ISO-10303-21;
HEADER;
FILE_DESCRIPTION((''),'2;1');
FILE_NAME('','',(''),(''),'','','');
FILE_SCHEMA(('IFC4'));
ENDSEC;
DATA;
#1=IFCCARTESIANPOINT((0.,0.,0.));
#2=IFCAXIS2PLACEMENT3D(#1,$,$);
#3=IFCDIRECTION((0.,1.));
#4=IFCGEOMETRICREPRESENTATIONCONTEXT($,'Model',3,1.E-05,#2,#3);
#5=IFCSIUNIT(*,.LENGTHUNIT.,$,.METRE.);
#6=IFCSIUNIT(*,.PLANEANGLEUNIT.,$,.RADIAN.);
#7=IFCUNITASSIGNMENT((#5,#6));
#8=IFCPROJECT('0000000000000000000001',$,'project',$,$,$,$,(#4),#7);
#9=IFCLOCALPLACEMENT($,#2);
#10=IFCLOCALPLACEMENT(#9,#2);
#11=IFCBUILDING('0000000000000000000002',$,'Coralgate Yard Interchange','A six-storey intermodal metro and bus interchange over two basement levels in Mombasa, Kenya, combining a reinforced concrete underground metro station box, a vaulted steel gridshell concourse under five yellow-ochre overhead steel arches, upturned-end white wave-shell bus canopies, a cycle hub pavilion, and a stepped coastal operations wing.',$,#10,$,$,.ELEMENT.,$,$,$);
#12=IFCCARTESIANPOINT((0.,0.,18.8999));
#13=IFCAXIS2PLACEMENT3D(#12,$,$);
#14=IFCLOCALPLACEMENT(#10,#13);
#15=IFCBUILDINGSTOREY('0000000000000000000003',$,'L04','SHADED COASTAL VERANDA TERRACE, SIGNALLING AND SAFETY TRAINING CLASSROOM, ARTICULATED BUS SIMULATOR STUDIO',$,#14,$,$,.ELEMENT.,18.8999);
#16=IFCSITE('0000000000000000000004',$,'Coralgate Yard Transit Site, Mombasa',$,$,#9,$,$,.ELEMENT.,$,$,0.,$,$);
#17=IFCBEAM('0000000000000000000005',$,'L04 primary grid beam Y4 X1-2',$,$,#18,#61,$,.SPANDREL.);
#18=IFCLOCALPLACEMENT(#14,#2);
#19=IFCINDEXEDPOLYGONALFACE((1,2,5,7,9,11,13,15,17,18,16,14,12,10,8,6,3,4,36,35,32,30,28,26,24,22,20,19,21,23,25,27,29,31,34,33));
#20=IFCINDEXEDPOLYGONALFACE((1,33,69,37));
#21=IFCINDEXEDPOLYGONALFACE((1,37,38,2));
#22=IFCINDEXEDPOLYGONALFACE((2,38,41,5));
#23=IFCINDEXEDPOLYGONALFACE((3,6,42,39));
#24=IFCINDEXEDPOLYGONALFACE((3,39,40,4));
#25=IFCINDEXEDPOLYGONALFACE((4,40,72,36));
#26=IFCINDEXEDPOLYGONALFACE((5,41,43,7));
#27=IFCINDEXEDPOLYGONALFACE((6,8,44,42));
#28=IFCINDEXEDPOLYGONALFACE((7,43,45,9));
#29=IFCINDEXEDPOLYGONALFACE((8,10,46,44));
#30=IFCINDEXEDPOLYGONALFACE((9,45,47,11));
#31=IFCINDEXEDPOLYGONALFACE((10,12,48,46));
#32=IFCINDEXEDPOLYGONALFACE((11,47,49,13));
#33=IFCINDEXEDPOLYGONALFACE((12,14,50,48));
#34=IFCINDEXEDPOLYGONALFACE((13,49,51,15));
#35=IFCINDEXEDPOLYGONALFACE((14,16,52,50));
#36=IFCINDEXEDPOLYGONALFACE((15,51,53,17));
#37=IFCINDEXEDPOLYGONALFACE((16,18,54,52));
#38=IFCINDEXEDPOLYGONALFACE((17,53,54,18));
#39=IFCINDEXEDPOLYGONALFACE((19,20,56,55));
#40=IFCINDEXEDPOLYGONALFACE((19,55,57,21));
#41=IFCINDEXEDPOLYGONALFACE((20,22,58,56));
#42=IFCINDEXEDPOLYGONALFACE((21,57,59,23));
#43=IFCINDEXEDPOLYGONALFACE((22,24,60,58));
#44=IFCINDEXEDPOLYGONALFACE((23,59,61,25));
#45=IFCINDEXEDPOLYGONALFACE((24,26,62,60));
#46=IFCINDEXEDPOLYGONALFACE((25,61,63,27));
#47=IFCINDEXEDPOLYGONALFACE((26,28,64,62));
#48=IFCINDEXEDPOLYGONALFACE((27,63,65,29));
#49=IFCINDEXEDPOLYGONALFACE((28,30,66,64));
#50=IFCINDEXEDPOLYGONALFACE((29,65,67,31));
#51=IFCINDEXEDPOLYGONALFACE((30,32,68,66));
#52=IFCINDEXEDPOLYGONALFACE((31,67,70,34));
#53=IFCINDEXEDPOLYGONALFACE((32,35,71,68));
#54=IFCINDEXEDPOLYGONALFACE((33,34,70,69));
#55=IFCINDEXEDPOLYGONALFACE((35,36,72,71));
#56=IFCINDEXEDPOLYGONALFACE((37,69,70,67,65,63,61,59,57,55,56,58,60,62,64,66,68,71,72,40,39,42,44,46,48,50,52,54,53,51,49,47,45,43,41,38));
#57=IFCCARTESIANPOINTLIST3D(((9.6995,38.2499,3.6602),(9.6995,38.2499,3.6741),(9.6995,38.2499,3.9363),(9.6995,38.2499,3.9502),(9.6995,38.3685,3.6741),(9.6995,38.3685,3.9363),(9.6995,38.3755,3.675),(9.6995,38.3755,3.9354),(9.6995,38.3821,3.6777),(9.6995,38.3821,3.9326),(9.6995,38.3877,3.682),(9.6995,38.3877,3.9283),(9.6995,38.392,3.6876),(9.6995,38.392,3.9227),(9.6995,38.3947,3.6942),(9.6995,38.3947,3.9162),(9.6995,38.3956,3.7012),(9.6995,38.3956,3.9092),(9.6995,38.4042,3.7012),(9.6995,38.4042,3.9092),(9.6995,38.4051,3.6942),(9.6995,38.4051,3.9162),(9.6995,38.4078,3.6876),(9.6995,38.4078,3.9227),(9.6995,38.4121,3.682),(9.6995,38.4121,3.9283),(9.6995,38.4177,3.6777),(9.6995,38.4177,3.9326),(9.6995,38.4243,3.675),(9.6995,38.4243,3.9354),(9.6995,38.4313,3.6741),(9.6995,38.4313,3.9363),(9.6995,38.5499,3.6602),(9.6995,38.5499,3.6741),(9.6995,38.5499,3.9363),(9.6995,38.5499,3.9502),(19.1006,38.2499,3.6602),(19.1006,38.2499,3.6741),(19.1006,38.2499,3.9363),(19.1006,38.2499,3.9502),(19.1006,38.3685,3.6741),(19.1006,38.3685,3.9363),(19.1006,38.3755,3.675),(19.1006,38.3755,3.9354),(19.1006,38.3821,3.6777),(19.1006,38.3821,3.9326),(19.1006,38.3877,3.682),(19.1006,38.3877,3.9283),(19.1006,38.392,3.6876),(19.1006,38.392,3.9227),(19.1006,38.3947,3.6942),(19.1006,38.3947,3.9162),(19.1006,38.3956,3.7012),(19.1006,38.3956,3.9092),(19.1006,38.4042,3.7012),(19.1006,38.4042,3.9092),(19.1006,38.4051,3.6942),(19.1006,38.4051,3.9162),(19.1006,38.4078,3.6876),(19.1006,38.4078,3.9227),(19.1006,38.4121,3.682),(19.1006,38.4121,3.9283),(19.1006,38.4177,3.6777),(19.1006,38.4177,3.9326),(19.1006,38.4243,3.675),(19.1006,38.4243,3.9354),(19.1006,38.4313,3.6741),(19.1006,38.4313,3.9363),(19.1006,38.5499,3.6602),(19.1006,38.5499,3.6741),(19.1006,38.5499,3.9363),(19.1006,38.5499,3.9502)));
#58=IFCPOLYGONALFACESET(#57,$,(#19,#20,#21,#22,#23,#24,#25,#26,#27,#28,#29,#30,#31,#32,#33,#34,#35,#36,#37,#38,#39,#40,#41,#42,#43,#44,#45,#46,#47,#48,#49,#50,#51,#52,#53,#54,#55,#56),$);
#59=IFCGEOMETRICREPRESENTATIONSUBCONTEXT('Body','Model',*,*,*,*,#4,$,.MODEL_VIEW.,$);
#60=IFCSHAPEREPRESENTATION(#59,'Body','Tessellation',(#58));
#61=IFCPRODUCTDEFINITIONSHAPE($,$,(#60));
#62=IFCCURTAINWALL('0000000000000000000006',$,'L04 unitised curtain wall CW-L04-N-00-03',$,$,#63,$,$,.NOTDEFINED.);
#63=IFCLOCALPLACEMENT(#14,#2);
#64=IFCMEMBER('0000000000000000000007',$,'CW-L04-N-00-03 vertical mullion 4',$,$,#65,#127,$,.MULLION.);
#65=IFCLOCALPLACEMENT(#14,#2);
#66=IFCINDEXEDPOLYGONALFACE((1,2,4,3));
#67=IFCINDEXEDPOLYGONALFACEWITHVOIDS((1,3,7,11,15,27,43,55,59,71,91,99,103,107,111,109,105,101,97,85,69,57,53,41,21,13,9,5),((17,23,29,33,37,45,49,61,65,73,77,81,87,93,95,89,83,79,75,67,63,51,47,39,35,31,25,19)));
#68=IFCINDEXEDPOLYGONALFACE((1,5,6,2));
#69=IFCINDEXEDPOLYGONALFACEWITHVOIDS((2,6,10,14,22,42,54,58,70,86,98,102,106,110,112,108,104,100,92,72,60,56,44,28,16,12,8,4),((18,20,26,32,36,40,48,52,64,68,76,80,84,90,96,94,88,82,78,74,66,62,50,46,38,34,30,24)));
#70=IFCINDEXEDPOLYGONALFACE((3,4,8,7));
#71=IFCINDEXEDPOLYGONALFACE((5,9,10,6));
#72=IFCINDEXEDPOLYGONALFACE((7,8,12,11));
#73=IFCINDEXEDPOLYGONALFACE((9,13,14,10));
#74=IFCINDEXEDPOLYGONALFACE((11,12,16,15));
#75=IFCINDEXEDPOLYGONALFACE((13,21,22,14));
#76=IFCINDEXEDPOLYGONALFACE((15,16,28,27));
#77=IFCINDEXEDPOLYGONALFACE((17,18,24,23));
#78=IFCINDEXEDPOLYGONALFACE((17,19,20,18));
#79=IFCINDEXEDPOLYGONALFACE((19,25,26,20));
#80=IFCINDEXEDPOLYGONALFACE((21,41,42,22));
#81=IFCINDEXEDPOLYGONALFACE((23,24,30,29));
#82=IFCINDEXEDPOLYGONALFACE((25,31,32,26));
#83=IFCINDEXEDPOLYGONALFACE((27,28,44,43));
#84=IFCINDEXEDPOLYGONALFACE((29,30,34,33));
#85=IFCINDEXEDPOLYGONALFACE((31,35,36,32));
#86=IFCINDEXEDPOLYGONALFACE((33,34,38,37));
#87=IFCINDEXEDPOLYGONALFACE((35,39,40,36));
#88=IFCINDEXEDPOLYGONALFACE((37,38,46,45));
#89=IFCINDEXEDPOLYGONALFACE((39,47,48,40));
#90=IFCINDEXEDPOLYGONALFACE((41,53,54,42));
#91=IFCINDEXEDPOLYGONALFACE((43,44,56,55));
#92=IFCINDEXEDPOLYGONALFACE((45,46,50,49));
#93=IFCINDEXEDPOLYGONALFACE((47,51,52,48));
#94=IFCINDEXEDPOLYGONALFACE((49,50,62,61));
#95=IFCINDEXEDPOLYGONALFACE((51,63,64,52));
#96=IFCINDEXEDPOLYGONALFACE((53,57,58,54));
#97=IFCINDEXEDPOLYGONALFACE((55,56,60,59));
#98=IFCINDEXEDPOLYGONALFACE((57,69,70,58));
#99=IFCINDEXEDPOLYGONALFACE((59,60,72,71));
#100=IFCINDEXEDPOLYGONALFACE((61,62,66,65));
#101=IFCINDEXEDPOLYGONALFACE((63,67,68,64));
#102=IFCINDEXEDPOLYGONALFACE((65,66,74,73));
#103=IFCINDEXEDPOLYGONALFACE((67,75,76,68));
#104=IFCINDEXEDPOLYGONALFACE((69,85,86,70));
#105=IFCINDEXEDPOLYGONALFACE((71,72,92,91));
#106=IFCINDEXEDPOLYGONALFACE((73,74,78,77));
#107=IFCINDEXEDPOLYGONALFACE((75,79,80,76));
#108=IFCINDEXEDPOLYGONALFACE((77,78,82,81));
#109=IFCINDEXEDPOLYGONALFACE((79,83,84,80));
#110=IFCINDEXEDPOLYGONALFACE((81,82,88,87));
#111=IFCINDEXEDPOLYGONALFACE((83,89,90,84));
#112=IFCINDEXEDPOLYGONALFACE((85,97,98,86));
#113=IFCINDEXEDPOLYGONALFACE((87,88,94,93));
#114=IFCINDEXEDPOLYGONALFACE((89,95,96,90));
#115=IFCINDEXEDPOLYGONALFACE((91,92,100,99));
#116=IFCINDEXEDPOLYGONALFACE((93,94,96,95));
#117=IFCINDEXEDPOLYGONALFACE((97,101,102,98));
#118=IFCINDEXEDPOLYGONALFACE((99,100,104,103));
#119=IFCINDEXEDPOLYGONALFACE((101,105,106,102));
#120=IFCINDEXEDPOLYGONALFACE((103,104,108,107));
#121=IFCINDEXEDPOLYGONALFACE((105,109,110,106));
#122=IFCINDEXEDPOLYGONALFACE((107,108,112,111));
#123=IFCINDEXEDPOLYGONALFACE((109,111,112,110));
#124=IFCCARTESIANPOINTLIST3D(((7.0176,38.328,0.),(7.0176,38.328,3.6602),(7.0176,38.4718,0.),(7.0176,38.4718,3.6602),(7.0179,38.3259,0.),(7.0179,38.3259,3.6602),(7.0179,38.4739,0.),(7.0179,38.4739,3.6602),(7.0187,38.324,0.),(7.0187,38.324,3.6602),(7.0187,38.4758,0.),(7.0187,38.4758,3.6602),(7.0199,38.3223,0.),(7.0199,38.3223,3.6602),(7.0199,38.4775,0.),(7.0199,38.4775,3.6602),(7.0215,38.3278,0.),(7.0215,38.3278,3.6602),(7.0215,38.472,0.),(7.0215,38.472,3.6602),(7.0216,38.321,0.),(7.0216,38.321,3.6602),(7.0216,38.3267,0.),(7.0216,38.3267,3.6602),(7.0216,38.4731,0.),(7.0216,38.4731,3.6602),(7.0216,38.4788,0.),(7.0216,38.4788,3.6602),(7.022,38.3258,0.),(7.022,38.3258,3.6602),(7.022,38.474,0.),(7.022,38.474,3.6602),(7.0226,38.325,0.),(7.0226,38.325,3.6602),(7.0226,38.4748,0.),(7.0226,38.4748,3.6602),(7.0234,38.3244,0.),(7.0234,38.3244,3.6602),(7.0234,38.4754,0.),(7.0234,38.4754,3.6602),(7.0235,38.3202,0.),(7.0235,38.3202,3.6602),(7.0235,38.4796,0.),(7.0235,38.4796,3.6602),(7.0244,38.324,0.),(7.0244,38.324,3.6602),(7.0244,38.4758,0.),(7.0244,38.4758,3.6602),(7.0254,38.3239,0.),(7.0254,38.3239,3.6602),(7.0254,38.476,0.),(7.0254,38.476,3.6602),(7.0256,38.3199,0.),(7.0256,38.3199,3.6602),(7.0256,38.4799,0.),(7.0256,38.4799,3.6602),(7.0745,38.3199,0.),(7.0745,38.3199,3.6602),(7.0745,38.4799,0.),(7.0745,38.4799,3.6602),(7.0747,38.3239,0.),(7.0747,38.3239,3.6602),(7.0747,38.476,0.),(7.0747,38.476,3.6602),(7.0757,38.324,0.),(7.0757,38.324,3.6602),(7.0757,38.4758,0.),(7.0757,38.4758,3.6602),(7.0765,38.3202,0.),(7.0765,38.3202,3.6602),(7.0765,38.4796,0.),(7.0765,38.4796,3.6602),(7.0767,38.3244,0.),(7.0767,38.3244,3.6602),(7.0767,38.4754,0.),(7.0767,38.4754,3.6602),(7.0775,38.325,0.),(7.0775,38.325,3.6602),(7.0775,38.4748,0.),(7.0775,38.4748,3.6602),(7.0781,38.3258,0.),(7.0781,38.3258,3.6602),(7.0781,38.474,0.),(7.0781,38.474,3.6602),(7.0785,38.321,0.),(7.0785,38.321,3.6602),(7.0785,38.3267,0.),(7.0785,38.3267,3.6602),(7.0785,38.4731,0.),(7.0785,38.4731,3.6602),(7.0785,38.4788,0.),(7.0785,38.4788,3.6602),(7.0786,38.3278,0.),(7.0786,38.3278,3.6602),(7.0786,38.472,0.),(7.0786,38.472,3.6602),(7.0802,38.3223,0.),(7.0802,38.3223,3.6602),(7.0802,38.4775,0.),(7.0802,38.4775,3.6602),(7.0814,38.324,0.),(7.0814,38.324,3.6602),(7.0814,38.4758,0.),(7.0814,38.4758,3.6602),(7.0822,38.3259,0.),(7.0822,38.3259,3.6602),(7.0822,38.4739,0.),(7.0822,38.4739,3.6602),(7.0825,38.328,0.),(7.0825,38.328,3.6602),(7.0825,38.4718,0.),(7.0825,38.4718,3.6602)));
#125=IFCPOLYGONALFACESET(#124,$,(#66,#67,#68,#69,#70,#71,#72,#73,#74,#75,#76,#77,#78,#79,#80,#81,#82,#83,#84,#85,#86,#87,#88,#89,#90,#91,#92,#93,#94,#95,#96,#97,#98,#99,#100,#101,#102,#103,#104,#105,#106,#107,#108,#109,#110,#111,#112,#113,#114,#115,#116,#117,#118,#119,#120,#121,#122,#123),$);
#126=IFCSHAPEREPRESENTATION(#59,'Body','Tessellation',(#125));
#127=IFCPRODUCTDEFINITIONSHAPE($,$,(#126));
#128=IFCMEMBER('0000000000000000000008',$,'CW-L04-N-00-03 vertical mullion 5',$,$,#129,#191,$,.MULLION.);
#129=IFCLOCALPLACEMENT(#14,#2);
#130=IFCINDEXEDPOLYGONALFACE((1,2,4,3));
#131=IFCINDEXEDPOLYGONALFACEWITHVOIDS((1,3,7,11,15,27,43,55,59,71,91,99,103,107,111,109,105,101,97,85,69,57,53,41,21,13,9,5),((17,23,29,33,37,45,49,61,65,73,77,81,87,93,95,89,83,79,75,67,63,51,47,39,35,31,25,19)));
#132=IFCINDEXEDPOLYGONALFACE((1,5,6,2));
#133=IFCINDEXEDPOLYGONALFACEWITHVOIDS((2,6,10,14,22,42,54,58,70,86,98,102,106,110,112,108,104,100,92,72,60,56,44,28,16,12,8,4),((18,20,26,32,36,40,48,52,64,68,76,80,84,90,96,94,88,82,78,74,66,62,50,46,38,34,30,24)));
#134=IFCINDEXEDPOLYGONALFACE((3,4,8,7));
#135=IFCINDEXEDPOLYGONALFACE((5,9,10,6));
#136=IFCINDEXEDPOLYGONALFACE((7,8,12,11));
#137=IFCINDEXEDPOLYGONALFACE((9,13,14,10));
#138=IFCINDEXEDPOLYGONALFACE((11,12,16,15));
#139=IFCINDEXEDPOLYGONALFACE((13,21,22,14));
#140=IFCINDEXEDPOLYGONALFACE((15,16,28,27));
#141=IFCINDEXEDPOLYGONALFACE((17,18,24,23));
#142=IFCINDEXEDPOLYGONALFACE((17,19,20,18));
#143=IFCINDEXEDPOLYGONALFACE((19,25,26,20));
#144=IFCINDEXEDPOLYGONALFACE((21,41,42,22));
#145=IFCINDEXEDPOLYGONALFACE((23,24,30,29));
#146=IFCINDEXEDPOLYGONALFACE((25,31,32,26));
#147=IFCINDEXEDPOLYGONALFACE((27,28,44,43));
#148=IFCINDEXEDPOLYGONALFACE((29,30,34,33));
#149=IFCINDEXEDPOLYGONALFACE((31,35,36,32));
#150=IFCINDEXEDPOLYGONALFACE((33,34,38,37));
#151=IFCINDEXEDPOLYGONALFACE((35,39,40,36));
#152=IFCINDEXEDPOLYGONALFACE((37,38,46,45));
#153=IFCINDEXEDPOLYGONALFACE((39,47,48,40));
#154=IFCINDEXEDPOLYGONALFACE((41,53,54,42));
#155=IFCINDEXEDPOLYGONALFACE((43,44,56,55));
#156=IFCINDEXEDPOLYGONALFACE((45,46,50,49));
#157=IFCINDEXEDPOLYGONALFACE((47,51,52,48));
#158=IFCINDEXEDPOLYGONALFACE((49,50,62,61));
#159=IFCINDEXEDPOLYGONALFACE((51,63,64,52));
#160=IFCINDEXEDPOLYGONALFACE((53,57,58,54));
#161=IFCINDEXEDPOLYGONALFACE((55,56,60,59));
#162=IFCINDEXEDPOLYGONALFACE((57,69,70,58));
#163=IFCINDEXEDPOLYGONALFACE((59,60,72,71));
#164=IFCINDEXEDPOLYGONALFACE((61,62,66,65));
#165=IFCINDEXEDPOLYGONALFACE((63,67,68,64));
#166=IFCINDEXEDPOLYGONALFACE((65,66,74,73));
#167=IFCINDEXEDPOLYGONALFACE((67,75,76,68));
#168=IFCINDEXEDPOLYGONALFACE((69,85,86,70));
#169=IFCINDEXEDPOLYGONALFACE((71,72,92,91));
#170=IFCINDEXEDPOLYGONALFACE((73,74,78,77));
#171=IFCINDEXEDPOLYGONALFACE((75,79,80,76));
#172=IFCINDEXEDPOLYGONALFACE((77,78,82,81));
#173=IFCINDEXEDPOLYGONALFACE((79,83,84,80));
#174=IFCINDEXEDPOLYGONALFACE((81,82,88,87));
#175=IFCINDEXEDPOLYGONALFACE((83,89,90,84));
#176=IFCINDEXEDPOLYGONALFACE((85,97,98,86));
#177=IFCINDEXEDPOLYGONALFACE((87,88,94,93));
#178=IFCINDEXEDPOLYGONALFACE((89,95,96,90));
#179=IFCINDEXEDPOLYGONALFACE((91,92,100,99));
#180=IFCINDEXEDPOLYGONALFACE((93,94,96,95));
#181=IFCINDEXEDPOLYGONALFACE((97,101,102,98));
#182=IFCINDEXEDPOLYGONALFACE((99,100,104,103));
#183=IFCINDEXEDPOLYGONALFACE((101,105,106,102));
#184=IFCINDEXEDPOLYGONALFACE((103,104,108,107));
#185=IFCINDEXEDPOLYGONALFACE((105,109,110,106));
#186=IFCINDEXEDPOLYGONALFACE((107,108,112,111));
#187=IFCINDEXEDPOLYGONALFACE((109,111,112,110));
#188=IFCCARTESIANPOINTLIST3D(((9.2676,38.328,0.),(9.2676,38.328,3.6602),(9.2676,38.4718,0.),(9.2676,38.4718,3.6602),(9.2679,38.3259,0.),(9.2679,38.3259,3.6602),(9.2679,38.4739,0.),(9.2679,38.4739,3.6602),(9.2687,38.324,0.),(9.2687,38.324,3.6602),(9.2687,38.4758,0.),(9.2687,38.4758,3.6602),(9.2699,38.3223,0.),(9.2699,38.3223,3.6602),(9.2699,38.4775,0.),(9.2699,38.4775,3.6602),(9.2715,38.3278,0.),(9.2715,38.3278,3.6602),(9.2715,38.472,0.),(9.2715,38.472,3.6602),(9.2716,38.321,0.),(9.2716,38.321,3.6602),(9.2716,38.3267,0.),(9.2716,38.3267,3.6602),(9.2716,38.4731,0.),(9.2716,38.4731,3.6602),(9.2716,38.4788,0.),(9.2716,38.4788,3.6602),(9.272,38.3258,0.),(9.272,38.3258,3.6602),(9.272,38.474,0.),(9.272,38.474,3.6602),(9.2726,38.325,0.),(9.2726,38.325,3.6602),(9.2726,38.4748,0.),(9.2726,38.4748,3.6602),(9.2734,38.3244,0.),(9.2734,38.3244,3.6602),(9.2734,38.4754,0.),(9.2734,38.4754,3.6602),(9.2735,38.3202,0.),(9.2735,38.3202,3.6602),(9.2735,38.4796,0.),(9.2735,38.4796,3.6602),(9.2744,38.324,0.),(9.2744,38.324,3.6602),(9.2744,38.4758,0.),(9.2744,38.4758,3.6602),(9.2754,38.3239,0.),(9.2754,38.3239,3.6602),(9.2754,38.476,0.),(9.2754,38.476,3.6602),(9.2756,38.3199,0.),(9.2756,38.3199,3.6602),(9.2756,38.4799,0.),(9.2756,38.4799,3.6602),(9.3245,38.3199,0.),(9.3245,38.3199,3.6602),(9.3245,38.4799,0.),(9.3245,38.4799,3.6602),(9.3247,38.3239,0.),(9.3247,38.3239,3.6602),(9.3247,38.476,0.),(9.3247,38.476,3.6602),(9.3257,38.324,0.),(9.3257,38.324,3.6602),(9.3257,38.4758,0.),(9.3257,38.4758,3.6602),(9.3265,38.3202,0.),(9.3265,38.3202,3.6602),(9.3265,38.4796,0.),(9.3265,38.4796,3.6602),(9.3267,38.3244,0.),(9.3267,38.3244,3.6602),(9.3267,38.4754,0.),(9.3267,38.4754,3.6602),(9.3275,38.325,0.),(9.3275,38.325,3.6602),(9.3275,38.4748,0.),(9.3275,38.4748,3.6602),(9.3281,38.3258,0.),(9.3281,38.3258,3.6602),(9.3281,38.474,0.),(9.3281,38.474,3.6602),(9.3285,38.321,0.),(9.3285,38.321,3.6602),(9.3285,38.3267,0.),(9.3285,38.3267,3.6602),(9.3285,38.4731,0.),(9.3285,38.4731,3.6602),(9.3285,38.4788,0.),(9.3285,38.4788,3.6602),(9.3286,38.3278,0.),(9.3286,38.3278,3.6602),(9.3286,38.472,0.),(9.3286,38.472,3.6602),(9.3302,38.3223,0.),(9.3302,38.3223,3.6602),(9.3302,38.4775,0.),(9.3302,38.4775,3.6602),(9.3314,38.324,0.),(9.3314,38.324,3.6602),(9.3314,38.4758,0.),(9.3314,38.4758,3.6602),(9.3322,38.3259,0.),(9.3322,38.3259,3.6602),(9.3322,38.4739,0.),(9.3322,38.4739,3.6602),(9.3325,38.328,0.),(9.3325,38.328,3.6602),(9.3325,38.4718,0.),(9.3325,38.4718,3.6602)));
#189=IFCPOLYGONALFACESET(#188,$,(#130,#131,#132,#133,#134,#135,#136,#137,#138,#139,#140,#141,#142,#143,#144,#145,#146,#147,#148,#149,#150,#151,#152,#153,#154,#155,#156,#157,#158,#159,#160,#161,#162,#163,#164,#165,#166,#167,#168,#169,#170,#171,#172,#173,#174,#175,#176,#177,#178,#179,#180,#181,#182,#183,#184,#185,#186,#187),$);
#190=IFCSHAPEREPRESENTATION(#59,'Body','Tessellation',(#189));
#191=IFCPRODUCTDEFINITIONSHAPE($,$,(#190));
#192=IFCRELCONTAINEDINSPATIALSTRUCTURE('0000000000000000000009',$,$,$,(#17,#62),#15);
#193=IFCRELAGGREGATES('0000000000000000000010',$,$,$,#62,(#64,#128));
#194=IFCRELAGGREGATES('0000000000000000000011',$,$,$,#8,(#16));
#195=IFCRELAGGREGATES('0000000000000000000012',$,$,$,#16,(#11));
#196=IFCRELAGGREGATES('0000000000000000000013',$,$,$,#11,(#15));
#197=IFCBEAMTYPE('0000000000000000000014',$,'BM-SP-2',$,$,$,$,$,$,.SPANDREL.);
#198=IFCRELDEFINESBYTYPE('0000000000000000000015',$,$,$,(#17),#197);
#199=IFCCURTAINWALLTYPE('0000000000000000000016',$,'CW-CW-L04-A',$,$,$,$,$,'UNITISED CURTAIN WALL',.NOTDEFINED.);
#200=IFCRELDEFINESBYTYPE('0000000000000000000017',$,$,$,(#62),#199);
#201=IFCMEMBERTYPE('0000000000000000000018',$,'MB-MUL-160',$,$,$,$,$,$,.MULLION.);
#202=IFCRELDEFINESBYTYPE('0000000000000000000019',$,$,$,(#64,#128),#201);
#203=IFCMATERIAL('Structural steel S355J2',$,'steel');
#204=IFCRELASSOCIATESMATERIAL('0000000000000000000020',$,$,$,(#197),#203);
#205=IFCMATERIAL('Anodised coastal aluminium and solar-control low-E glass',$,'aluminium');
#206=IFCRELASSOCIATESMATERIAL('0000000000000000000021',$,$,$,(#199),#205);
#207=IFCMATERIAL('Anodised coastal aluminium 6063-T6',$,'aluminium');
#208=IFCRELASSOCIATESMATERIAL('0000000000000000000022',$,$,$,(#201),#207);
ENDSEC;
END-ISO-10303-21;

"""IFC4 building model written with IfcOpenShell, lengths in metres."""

from ifc_helpers import new_model, si_unit, direction, frame, origin, origin_2d, place, context, subcontext, project, spatial, hollow_rectangle, i_section, extrude, material, material_profile, profile_set, type_object, element, aggregate, save


model = new_model("IFC4")

# Units and contexts
model_context = context("Model", 3, precision=1e-05, world=origin(), true_north=direction((0.0, 1.0)))
body_context = subcontext(model_context, "Body", "Model", "MODEL_VIEW")
ifc_project = project(units=[si_unit("LENGTHUNIT", "METRE"), si_unit("PLANEANGLEUNIT", "RADIAN")], contexts=[model_context])

# Site, building, storey
site_placement = place(None, origin())
site = spatial("IfcSite", under=ifc_project, at=site_placement, Name="Coralgate Yard Transit Site, Mombasa", CompositionType="ELEMENT", RefElevation=0.0)
building_placement = place(site_placement, origin())
building = spatial("IfcBuilding", under=site, at=building_placement, Name="Coralgate Yard Interchange", Description="A six-storey intermodal metro and bus interchange over two basement levels in Mombasa, Kenya, combining a reinforced concrete underground metro station box, a vaulted steel gridshell concourse under five yellow-ochre overhead steel arches, upturned-end white wave-shell bus canopies, a cycle hub pavilion, and a stepped coastal operations wing.", CompositionType="ELEMENT")
storey_placement = place(building_placement, frame((0.0, 0.0, 18.8999)))
storey = spatial("IfcBuildingStorey", under=building, at=storey_placement, Name="L04", Description="SHADED COASTAL VERANDA TERRACE, SIGNALLING AND SAFETY TRAINING CLASSROOM, ARTICULATED BUS SIMULATOR STUDIO", CompositionType="ELEMENT", Elevation=18.8999)

# Shared definitions
ifc_material_1 = material(Name="Structural steel S355J2", Category="steel")

# Beam
ifc_material_profile_1 = material_profile(ifc_material_1, i_section(OverallWidth=0.3, OverallDepth=0.29, WebThickness=0.0085, FlangeThickness=0.0139, FilletRadius=0.0271, at=origin_2d()), Name="HEA 300")
ifc_profile_set_1 = profile_set([ifc_material_profile_1], Name="Structural steel S355J2")
beam_type_1 = type_object("IfcBeamType", Name="BM-SP-2", PredefinedType="SPANDREL", material=ifc_profile_set_1)
beam_1_placement = place(storey_placement, frame((9.6995, 38.3999, 3.8052), z_axis=(1.0, 0.0, 0.0), x_axis=(0.0, 1.0, 0.0)))
element("IfcBeam", 1, at=beam_1_placement, inside=storey, type_object=beam_type_1, Name="L04 primary grid beam Y4 X1-2", PredefinedType="SPANDREL", context=body_context, shape_type="SweptSolid", body=[
    extrude(i_section(OverallWidth=0.3, OverallDepth=0.29, WebThickness=0.0085, FlangeThickness=0.0139, FilletRadius=0.0271, at=origin_2d()), origin(), (0.0, 0.0, 1.0), 9.4011),
])

# Curtain wall, members
ifc_material_2 = material(Name="Anodised coastal aluminium and solar-control low-E glass", Category="aluminium")
curtain_wall_type = type_object("IfcCurtainWallType", Name="CW-CW-L04-A", ElementType="UNITISED CURTAIN WALL", PredefinedType="NOTDEFINED", material=ifc_material_2)
curtain_wall_placement = place(storey_placement, origin())
curtain_wall = element("IfcCurtainWall", 2, at=curtain_wall_placement, inside=storey, type_object=curtain_wall_type, Name="L04 unitised curtain wall CW-L04-N-00-03", PredefinedType="NOTDEFINED")
ifc_material_3 = material(Name="Anodised coastal aluminium 6063-T6", Category="aluminium")
ifc_material_profile_2 = material_profile(ifc_material_3, hollow_rectangle(XDim=0.0649, YDim=0.1599, WallThickness=0.0039, InnerFilletRadius=0.0039, OuterFilletRadius=0.0081, at=origin_2d()), Name="ALU 65x160x4")
ifc_profile_set_2 = profile_set([ifc_material_profile_2], Name="Anodised coastal aluminium 6063-T6")
member_type_1 = type_object("IfcMemberType", Name="MB-MUL-160", PredefinedType="MULLION", material=ifc_profile_set_2)
member_1_placement = place(storey_placement, frame((7.05, 38.3999, 0.0), z_axis=(0.0, 0.0, 1.0), x_axis=(1.0, 0.0, 0.0)))
member_1 = element("IfcMember", 3, at=member_1_placement, type_object=member_type_1, Name="CW-L04-N-00-03 vertical mullion 4", PredefinedType="MULLION", context=body_context, shape_type="SweptSolid", body=[
    extrude(hollow_rectangle(XDim=0.0649, YDim=0.1599, WallThickness=0.0039, InnerFilletRadius=0.0039, OuterFilletRadius=0.0081, at=origin_2d()), origin(), (0.0, 0.0, 1.0), 3.6602),
])
member_2_placement = place(storey_placement, frame((9.3, 38.3999, 0.0), z_axis=(0.0, 0.0, 1.0), x_axis=(1.0, 0.0, 0.0)))
member_2 = element("IfcMember", 4, at=member_2_placement, type_object=member_type_1, Name="CW-L04-N-00-03 vertical mullion 5", PredefinedType="MULLION", context=body_context, shape_type="SweptSolid", body=[
    extrude(hollow_rectangle(XDim=0.0649, YDim=0.1599, WallThickness=0.0039, InnerFilletRadius=0.0039, OuterFilletRadius=0.0081, at=origin_2d()), origin(), (0.0, 0.0, 1.0), 3.6602),
])
aggregate(curtain_wall, [member_1, member_2])

save(model, "model.ifc")
